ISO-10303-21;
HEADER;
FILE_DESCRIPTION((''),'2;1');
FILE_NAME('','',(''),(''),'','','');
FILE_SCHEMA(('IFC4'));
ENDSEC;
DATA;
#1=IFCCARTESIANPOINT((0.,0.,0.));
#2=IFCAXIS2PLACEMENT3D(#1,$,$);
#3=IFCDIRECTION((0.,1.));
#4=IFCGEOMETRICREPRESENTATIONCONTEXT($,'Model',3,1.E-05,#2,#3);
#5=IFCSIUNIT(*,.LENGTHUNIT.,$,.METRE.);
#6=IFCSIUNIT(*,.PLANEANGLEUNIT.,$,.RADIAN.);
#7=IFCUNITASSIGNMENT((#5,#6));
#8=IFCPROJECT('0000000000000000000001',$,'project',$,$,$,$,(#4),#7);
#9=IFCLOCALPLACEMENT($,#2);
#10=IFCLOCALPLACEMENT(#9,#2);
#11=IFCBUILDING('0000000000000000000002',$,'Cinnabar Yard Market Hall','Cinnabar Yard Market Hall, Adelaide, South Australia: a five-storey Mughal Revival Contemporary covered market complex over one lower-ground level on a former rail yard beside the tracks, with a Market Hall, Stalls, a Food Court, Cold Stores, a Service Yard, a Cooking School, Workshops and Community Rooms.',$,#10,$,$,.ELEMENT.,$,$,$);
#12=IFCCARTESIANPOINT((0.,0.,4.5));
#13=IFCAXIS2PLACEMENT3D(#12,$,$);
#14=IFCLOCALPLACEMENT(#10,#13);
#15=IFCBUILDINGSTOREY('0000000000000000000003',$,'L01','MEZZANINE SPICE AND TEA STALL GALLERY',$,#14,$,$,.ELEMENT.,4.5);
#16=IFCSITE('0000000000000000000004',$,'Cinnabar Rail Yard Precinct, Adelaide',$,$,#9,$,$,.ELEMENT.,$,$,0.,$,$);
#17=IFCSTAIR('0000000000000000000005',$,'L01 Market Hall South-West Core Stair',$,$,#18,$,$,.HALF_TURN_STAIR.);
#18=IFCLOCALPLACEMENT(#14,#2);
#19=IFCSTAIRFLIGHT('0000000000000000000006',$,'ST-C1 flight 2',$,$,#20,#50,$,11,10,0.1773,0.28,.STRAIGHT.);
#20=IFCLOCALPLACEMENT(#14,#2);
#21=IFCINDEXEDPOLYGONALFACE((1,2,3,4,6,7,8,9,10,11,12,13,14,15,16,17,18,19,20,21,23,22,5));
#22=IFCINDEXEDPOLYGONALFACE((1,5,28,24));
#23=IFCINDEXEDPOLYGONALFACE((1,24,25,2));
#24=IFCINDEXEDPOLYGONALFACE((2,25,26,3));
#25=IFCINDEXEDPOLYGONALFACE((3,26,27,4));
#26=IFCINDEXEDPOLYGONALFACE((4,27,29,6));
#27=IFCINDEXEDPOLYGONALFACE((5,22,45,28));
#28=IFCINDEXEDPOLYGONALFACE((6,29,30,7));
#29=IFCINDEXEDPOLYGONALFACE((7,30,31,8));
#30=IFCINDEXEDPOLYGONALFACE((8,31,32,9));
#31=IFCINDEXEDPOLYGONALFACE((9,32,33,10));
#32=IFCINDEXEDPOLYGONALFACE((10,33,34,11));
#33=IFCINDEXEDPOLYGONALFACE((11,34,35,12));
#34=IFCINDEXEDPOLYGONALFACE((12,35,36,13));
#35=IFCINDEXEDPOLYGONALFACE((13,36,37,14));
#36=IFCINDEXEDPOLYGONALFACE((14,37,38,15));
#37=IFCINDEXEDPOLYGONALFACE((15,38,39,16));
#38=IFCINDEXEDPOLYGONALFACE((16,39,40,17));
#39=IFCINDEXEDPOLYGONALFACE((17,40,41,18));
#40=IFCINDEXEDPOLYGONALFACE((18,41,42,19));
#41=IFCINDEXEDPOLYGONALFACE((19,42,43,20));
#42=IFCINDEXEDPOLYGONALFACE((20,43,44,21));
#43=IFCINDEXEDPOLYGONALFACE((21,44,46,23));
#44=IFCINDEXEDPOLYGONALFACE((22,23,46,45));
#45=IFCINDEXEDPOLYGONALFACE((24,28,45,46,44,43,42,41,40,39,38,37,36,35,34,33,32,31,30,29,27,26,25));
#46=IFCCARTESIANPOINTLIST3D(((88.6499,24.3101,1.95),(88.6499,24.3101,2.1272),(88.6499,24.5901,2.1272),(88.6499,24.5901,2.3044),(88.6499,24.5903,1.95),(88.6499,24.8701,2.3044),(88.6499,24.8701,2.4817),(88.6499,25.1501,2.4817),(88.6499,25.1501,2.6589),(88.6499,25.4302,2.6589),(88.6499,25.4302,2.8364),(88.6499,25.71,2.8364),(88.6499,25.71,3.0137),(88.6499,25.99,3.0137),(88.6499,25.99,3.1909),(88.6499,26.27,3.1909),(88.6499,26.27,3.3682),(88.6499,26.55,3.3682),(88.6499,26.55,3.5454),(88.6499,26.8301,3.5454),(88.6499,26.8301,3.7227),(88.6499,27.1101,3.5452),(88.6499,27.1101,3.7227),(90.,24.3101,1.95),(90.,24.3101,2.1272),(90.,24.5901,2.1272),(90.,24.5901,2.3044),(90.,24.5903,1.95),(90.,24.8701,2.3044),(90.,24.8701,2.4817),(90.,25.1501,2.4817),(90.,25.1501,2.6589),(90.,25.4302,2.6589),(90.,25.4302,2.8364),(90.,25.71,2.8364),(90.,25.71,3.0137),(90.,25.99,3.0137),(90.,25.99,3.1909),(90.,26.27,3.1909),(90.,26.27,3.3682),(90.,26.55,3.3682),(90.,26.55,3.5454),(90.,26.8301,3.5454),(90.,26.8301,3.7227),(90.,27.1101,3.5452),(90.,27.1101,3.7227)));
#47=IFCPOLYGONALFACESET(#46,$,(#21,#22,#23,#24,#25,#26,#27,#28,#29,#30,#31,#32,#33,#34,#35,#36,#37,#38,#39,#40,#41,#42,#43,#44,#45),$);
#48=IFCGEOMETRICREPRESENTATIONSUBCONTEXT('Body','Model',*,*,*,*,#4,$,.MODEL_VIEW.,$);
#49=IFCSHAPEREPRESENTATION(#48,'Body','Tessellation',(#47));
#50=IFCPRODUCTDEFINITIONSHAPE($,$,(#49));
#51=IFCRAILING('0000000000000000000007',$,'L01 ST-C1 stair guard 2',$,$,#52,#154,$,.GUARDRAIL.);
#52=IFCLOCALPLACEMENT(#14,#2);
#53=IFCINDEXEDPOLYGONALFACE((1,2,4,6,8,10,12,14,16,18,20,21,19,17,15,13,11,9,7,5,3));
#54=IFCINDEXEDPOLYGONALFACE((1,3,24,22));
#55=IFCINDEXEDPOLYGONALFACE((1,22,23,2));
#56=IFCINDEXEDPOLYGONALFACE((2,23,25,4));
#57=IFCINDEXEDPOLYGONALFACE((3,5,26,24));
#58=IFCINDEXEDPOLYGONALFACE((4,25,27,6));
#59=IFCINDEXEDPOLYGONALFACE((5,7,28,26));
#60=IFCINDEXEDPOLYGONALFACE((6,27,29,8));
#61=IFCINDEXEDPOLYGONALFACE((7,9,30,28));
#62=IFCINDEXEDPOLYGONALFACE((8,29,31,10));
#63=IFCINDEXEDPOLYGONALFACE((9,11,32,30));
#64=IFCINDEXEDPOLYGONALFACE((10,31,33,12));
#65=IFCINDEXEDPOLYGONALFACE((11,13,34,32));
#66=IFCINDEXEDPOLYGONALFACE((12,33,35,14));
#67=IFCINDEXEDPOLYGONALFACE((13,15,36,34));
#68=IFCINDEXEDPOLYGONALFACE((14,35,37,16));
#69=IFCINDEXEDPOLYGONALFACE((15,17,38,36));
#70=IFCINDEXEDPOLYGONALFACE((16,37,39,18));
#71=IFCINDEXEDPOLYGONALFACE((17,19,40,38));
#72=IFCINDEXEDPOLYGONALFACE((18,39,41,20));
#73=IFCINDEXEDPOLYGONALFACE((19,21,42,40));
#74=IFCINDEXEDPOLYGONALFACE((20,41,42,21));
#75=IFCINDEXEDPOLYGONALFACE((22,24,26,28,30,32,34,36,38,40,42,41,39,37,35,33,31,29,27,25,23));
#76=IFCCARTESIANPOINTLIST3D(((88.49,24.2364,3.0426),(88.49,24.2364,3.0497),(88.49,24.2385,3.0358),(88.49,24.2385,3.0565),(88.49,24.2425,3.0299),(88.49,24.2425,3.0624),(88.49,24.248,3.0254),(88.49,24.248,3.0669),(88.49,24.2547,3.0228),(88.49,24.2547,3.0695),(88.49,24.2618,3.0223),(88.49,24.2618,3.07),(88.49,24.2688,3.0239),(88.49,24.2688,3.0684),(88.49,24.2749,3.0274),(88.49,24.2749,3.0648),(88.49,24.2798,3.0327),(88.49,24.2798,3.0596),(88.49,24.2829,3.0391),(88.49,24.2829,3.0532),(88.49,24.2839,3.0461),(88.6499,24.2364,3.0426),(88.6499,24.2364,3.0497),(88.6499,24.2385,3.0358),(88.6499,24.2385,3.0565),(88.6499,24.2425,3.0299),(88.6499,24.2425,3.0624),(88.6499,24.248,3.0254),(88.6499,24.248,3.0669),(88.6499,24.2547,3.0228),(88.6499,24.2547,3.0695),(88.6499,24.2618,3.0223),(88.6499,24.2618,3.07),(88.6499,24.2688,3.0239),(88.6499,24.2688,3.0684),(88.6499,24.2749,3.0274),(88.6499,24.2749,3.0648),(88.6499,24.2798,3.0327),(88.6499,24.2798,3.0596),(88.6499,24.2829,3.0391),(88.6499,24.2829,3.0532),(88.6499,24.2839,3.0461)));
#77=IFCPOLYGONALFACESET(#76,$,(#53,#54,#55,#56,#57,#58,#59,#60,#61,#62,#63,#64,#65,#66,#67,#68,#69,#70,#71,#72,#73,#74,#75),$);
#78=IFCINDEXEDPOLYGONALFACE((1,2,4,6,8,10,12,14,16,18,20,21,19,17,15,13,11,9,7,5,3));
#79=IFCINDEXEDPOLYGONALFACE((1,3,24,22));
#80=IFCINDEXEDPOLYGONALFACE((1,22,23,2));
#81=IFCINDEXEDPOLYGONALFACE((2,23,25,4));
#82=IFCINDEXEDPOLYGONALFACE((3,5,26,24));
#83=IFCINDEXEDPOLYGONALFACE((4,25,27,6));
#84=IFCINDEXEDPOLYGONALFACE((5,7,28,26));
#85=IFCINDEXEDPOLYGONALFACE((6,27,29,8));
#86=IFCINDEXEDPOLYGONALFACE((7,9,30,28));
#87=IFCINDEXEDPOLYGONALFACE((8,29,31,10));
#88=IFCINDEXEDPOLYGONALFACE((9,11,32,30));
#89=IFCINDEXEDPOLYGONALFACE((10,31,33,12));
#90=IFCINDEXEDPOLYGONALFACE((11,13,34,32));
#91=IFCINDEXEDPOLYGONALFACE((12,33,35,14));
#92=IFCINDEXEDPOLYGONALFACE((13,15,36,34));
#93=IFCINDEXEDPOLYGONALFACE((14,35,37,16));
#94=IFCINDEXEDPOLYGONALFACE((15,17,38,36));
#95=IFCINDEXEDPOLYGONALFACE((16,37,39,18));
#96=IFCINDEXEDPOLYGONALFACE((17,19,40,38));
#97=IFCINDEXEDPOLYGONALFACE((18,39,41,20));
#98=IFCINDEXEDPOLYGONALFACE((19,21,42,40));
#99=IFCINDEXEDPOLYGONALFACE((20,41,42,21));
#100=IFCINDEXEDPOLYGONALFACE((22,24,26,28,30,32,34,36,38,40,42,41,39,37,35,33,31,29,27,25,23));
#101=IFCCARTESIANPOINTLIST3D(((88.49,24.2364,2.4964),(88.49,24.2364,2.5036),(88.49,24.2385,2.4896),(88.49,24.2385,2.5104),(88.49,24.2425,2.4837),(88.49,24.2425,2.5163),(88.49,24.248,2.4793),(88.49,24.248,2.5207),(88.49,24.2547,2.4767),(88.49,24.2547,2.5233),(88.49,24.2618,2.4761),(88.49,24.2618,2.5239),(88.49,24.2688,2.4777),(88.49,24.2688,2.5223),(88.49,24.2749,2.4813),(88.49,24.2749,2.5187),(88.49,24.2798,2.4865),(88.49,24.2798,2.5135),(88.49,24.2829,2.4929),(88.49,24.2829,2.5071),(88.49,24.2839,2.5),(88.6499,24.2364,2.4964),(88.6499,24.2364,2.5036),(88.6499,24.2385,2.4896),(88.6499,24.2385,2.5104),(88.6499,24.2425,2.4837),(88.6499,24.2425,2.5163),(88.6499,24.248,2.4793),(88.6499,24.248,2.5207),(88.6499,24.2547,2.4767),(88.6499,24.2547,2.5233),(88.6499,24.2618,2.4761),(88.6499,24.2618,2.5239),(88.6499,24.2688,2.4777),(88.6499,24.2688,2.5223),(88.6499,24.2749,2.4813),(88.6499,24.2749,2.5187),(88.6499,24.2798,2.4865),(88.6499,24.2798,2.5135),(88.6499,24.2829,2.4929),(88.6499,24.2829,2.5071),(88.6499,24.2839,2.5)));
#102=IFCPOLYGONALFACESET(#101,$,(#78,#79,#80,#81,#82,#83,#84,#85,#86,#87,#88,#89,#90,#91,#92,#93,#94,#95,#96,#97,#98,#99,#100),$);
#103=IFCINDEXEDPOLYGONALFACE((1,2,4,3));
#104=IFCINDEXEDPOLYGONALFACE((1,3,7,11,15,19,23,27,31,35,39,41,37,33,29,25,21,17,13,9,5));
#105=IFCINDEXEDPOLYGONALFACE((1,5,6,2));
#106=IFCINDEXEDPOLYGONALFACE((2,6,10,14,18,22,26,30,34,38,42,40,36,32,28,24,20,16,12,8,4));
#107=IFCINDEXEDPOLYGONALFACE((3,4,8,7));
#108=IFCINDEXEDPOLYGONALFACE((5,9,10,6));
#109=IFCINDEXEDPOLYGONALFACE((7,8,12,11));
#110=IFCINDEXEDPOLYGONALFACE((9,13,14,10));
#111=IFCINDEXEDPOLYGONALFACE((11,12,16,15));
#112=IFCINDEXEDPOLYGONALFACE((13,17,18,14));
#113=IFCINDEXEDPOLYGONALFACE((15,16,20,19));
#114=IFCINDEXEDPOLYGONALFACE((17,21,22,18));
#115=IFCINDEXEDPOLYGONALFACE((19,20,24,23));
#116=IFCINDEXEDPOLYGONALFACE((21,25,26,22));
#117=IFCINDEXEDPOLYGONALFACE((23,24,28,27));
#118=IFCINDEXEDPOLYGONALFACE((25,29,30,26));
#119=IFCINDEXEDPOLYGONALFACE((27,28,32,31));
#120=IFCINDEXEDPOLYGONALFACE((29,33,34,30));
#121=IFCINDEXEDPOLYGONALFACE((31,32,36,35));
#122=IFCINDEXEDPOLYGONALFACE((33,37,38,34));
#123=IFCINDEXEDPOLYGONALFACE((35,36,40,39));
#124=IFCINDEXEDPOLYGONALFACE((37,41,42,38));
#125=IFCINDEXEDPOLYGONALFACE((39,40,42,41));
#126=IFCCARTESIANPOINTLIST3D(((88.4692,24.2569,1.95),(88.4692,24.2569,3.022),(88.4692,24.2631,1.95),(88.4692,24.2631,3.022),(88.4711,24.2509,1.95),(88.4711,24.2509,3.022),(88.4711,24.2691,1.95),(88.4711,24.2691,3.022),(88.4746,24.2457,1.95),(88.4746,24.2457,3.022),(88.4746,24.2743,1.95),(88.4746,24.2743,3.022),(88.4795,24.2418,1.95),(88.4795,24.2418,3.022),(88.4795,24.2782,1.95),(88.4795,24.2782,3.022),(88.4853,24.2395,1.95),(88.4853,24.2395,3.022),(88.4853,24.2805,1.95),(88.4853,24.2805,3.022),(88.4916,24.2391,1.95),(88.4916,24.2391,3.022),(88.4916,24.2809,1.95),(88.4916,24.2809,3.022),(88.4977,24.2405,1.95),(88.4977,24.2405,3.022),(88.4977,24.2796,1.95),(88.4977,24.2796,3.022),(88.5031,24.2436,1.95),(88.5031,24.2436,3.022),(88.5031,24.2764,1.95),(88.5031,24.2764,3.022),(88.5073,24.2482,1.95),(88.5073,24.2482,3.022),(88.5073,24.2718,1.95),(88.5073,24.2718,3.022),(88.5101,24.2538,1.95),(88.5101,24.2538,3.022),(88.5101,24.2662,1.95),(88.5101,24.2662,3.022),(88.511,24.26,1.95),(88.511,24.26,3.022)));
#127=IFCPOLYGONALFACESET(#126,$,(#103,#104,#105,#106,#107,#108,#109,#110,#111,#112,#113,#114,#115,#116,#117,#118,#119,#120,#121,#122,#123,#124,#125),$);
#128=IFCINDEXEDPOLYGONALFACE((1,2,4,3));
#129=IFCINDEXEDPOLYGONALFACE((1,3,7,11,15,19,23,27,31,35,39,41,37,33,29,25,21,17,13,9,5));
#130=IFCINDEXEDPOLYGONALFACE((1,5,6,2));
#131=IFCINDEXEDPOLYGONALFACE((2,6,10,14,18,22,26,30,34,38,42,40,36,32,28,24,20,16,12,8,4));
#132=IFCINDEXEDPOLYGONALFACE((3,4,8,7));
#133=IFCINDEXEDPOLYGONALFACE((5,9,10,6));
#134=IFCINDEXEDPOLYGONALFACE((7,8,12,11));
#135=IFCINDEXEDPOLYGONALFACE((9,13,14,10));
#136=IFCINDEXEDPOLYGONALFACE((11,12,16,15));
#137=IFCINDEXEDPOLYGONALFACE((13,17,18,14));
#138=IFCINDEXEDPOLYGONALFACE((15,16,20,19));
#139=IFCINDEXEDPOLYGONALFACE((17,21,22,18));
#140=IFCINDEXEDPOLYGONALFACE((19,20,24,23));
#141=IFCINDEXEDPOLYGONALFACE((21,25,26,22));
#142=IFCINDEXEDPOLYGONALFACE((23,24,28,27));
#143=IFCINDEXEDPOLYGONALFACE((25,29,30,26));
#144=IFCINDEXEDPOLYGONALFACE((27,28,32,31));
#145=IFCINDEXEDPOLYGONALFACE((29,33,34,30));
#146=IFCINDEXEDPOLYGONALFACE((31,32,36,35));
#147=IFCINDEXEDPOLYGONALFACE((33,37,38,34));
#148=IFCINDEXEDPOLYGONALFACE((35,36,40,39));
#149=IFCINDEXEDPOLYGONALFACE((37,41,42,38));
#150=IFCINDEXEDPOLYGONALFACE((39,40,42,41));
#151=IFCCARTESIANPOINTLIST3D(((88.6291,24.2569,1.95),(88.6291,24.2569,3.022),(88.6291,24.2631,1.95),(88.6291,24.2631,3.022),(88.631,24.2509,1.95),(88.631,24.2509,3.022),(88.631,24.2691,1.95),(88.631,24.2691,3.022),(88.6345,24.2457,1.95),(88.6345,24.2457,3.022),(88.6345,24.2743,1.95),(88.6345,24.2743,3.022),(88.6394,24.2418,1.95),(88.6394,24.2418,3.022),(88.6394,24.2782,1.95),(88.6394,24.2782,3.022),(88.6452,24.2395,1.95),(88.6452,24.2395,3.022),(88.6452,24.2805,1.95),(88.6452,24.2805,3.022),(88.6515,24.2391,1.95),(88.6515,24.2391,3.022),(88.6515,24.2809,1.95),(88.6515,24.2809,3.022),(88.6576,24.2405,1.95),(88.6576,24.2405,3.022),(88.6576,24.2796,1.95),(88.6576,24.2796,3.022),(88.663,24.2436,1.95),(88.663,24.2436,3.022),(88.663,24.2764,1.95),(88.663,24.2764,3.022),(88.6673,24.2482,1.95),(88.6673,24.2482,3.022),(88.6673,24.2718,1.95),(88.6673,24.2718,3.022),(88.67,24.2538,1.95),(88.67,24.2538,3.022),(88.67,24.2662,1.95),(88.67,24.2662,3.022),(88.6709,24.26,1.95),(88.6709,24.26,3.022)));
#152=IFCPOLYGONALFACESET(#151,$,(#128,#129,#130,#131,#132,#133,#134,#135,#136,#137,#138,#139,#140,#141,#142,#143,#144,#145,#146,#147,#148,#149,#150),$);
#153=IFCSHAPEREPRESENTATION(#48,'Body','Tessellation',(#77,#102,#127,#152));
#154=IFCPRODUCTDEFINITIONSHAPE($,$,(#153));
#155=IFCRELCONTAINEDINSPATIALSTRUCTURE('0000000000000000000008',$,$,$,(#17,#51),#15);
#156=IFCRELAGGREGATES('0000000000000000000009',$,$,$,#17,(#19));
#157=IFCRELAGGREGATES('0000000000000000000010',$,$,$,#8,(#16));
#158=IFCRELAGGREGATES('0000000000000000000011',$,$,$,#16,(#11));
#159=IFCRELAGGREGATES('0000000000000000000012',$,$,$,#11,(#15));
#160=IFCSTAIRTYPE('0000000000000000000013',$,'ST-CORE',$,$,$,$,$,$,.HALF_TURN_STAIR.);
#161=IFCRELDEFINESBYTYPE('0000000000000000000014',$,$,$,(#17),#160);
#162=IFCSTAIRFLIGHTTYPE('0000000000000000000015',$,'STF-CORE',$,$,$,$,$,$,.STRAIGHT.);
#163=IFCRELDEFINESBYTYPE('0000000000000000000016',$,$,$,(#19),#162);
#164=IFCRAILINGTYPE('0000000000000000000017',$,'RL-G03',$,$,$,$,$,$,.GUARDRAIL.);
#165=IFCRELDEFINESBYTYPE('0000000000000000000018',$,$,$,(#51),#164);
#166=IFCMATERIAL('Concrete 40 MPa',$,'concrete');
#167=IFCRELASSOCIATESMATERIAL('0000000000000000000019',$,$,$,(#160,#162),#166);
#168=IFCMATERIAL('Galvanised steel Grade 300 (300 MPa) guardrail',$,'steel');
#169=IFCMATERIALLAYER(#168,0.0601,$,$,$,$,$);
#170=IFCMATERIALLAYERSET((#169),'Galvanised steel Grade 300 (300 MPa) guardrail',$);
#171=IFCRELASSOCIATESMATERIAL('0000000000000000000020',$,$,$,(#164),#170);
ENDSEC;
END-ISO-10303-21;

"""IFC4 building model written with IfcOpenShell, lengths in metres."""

from ifc_helpers import new_model, si_unit, direction, frame, origin, origin_2d_with_axis, place, context, subcontext, project, spatial, polyline, circle, outline, extrude, material, layer, layer_set, type_object, element, aggregate, save


model = new_model("IFC4")

# Units and contexts
model_context = context("Model", 3, precision=1e-05, world=origin(), true_north=direction((0.0, 1.0)))
body_context = subcontext(model_context, "Body", "Model", "MODEL_VIEW")
ifc_project = project(units=[si_unit("LENGTHUNIT", "METRE"), si_unit("PLANEANGLEUNIT", "RADIAN")], contexts=[model_context])

# Site, building, storey
site_placement = place(None, origin())
site = spatial("IfcSite", under=ifc_project, at=site_placement, Name="Cinnabar Rail Yard Precinct, Adelaide", CompositionType="ELEMENT", RefElevation=0.0)
building_placement = place(site_placement, origin())
building = spatial("IfcBuilding", under=site, at=building_placement, Name="Cinnabar Yard Market Hall", Description="Cinnabar Yard Market Hall, Adelaide, South Australia: a five-storey Mughal Revival Contemporary covered market complex over one lower-ground level on a former rail yard beside the tracks, with a Market Hall, Stalls, a Food Court, Cold Stores, a Service Yard, a Cooking School, Workshops and Community Rooms.", CompositionType="ELEMENT")
storey_placement = place(building_placement, frame((0.0, 0.0, 4.5)))
storey = spatial("IfcBuildingStorey", under=building, at=storey_placement, Name="L01", Description="MEZZANINE SPICE AND TEA STALL GALLERY", CompositionType="ELEMENT", Elevation=4.5)

# Shared definitions
ifc_material_1 = material(Name="Concrete 40 MPa", Category="concrete")

# Stair, stair flight
stair_type = type_object("IfcStairType", Name="ST-CORE", PredefinedType="HALF_TURN_STAIR", material=ifc_material_1)
stair_placement = place(storey_placement, origin())
stair = element("IfcStair", 1, at=stair_placement, inside=storey, type_object=stair_type, Name="L01 Market Hall South-West Core Stair", PredefinedType="HALF_TURN_STAIR")
stair_flight_type = type_object("IfcStairFlightType", Name="STF-CORE", PredefinedType="STRAIGHT", material=ifc_material_1)
stair_flight_1_placement = place(storey_placement, frame((89.325, 24.3101, 1.95), z_axis=(0.0, 0.0, 1.0), x_axis=(0.0, 1.0, 0.0)))
stair_flight_1 = element("IfcStairFlight", 2, at=stair_flight_1_placement, type_object=stair_flight_type, Name="ST-C1 flight 2", NumberOfRisers=11, NumberOfTreads=10, PredefinedType="STRAIGHT", RiserHeight=0.1773, TreadLength=0.28, context=body_context, shape_type="SweptSolid", body=[
    extrude(outline(polyline([(0.0, 0.0), (0.0, 0.1772), (0.28, 0.1772), (0.28, 0.3545), (0.5601, 0.3545), (0.5601, 0.5317), (0.8401, 0.5317), (0.8401, 0.709), (1.1201, 0.709), (1.1201, 0.8865), (1.3999, 0.8865), (1.3999, 1.0637), (1.6799, 1.0637), (1.6799, 1.241), (1.96, 1.241), (1.96, 1.4182), (2.24, 1.4182), (2.24, 1.5955), (2.52, 1.5955), (2.52, 1.7727), (2.8, 1.7727), (2.8, 1.95), (2.8, 1.5952), (0.2803, 0.0), (0.0, 0.0)])), frame((0.0, 0.675, 0.0), z_axis=(0.0, -1.0, 0.0), x_axis=(1.0, 0.0, 0.0)), (0.0, 0.0, 1.0), 1.3501),
])
aggregate(stair, [stair_flight_1])

# Railing
ifc_material_2 = material(Name="Galvanised steel Grade 300 (300 MPa) guardrail", Category="steel")
ifc_layer_1 = layer(ifc_material_2, 0.0601)
ifc_layer_set_1 = layer_set([ifc_layer_1], Name="Galvanised steel Grade 300 (300 MPa) guardrail")
railing_type_1 = type_object("IfcRailingType", Name="RL-G03", PredefinedType="GUARDRAIL", material=ifc_layer_set_1)
railing_1_placement = place(storey_placement, frame((88.49, 24.26, 1.95)))
element("IfcRailing", 3, at=railing_1_placement, inside=storey, type_object=railing_type_1, Name="L01 ST-C1 stair guard 2", PredefinedType="GUARDRAIL", context=body_context, shape_type="SweptSolid", body=[
    extrude(circle(Radius=0.0239, at=origin_2d_with_axis()), frame((0.0, 0.0, 1.0962), z_axis=(1.0, 0.0, 0.0), x_axis=(0.0, 1.0, 0.0)), (0.0, 0.0, 1.0), 0.1599),
    extrude(circle(Radius=0.0239, at=origin_2d_with_axis()), frame((0.0, 0.0, 0.55), z_axis=(1.0, 0.0, 0.0), x_axis=(0.0, 1.0, 0.0)), (0.0, 0.0, 1.0), 0.1599),
    extrude(circle(Radius=0.021, at=origin_2d_with_axis()), origin(), (0.0, 0.0, 1.0), 1.072),
    extrude(circle(Radius=0.021, at=origin_2d_with_axis()), frame((0.1599, 0.0, 0.0)), (0.0, 0.0, 1.0), 1.072),
])

save(model, "model.ifc")
